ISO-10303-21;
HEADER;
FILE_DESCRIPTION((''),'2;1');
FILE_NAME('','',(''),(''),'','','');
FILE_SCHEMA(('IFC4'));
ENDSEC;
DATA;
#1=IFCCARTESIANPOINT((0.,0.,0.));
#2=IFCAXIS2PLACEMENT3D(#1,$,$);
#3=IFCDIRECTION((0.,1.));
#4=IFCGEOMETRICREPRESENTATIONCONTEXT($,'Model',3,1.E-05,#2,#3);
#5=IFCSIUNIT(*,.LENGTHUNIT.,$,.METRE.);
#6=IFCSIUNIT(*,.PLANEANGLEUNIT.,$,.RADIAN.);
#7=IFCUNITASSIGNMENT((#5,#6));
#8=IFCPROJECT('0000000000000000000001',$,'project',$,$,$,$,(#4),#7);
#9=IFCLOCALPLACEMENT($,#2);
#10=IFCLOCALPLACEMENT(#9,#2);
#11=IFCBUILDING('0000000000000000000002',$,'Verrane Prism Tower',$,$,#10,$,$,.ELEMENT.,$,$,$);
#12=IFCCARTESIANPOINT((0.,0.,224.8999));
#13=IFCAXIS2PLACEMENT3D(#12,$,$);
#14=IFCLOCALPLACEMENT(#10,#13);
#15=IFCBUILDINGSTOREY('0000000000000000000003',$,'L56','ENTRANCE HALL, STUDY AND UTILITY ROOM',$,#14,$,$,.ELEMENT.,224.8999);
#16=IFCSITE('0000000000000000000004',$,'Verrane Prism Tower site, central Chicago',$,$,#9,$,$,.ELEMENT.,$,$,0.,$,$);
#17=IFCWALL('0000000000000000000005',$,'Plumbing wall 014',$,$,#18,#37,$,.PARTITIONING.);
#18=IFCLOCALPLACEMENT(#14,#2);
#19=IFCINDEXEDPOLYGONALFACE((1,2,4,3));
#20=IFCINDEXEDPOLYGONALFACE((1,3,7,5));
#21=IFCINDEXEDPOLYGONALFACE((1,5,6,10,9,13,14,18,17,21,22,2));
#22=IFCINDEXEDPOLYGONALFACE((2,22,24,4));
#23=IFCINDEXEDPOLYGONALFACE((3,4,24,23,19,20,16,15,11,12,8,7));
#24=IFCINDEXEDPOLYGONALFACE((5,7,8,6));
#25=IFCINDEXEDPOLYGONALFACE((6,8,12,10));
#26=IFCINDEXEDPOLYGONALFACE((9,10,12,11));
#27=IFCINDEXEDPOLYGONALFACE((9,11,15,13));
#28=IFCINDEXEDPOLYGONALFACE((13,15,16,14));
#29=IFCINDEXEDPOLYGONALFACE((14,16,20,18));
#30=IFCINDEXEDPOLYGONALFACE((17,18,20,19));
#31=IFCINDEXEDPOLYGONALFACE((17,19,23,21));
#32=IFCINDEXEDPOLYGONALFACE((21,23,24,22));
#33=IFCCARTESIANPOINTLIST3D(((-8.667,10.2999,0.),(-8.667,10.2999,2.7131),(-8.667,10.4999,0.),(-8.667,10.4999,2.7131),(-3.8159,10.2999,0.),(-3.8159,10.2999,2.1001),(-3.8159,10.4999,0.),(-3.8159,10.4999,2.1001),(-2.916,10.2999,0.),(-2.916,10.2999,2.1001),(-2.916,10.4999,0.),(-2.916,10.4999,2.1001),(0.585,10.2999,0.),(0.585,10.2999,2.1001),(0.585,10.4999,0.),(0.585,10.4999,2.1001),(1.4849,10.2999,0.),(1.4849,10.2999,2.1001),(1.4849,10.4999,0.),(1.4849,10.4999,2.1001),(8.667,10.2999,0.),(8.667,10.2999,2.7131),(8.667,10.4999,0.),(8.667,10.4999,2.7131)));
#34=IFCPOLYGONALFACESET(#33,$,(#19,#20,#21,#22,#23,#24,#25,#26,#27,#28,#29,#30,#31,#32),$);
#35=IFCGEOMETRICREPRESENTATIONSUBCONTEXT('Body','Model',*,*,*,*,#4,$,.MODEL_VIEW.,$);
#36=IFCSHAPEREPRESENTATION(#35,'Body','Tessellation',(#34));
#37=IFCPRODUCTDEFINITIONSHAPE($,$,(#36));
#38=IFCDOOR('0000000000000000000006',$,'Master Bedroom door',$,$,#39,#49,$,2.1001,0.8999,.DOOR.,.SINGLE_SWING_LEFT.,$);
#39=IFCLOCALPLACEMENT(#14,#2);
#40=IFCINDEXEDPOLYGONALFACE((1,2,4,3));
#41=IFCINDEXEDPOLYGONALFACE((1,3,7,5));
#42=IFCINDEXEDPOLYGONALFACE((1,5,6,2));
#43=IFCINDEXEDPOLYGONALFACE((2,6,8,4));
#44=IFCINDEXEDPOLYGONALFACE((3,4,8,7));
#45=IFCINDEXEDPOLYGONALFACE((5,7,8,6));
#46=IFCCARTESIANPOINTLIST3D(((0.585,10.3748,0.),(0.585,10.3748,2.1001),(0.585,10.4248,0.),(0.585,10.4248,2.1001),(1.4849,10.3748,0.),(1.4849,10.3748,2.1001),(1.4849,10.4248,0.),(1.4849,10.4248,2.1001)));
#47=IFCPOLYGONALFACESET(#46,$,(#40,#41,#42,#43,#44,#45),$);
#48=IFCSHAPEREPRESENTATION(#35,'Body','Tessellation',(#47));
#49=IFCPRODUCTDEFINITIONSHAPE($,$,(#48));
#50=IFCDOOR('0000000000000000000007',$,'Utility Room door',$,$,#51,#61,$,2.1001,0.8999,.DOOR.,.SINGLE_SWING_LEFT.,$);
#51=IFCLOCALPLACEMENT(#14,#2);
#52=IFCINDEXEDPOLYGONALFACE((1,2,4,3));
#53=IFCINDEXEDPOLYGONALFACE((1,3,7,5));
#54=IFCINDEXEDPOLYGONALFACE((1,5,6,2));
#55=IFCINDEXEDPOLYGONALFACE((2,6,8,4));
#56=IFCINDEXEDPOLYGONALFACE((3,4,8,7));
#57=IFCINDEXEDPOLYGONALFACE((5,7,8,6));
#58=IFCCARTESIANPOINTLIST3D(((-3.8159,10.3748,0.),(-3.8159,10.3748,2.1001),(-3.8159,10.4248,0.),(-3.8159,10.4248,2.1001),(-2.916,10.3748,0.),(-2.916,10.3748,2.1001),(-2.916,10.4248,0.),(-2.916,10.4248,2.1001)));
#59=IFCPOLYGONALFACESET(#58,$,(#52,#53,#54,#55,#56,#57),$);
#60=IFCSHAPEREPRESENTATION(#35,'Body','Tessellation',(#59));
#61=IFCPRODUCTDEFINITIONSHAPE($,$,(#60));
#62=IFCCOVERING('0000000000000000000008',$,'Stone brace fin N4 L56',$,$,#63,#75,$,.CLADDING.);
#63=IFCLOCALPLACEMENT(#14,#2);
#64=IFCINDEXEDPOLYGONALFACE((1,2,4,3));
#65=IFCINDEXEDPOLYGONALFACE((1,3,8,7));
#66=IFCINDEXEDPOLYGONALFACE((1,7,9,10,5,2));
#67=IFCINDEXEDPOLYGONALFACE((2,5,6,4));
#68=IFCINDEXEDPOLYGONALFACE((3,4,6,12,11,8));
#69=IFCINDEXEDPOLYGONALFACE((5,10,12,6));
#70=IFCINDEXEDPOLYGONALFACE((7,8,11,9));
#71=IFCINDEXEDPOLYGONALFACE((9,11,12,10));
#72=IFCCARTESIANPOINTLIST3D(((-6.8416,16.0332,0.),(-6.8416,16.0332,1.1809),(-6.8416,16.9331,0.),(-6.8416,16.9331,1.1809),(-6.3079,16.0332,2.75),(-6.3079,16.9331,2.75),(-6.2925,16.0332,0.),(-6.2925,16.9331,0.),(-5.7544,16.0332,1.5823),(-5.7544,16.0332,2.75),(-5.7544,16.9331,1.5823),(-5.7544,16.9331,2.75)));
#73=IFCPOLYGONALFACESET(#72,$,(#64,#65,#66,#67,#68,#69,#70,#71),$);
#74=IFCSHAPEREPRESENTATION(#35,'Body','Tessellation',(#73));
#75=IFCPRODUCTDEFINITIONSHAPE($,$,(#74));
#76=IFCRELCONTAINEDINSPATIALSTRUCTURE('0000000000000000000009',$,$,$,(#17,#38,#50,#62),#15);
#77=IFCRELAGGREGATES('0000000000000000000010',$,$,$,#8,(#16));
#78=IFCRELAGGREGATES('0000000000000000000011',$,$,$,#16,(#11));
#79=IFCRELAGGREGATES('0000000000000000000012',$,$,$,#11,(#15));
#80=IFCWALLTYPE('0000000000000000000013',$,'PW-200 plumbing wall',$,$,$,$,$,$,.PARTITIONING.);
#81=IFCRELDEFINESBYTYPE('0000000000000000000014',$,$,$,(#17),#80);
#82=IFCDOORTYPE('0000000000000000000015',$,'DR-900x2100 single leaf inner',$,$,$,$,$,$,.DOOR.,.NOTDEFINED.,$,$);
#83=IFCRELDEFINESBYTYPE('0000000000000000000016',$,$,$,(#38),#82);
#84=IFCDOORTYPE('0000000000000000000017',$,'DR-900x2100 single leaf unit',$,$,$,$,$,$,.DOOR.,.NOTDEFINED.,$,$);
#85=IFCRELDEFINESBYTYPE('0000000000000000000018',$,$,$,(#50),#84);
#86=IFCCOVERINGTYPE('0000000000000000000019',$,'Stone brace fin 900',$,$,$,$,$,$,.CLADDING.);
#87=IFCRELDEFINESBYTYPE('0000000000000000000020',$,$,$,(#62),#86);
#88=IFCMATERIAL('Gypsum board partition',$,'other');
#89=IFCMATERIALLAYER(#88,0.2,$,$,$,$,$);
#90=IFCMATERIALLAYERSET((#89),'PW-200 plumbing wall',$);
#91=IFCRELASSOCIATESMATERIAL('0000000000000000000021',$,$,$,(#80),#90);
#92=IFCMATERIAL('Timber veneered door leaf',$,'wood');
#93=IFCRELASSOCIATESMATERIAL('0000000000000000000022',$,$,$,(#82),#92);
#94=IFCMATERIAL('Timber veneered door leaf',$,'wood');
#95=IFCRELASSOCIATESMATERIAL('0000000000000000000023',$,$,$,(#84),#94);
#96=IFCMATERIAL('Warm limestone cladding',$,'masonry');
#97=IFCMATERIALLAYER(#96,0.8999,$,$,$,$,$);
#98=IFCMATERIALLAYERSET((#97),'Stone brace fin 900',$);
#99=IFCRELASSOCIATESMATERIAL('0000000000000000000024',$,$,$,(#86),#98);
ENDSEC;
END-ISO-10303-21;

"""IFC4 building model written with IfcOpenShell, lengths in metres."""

from ifc_helpers import new_model, si_unit, direction, frame, frame_2d, origin, place, context, subcontext, project, spatial, polyline, rectangle, outline, extrude, material, layer, layer_set, type_object, element, fill, save


model = new_model("IFC4")

# Units and contexts
model_context = context("Model", 3, precision=1e-05, world=origin(), true_north=direction((0.0, 1.0)))
body_context = subcontext(model_context, "Body", "Model", "MODEL_VIEW")
ifc_project = project(units=[si_unit("LENGTHUNIT", "METRE"), si_unit("PLANEANGLEUNIT", "RADIAN")], contexts=[model_context])

# Site, building, storey
site_placement = place(None, origin())
site = spatial("IfcSite", under=ifc_project, at=site_placement, Name="Verrane Prism Tower site, central Chicago", CompositionType="ELEMENT", RefElevation=0.0)
building_placement = place(site_placement, origin())
building = spatial("IfcBuilding", under=site, at=building_placement, Name="Verrane Prism Tower", CompositionType="ELEMENT")
storey_placement = place(building_placement, frame((0.0, 0.0, 224.8999)))
storey = spatial("IfcBuildingStorey", under=building, at=storey_placement, Name="L56", Description="ENTRANCE HALL, STUDY AND UTILITY ROOM", CompositionType="ELEMENT", Elevation=224.8999)

# Wall, openings, doors
ifc_material_1 = material(Name="Gypsum board partition", Category="other")
ifc_layer_1 = layer(ifc_material_1, 0.2)
ifc_layer_set_1 = layer_set([ifc_layer_1], Name="PW-200 plumbing wall")
wall_type_1 = type_object("IfcWallType", Name="PW-200 plumbing wall", PredefinedType="PARTITIONING", material=ifc_layer_set_1)
wall_1_placement = place(storey_placement, frame((-8.667, 10.3999, 0.0), z_axis=(0.0, 0.0, 1.0), x_axis=(1.0, 0.0, 0.0)))
wall_1 = element("IfcWall", 1, at=wall_1_placement, inside=storey, type_object=wall_type_1, Name="Plumbing wall 014", PredefinedType="PARTITIONING", context=body_context, shape_type="SweptSolid", body=[
    extrude(rectangle(XDim=17.334, YDim=0.2, at=frame_2d((8.667, 0.0))), origin(), (0.0, 0.0, 1.0), 2.7131),
])
opening_1_placement = place(wall_1_placement, frame((9.252, 0.0, 0.0)))
opening_1 = element("IfcOpeningElement", 2, at=opening_1_placement, cuts=wall_1, PredefinedType="OPENING", context=body_context, shape_type="SweptSolid", body=[
    extrude(rectangle(XDim=0.8999, YDim=2.1001, at=frame_2d((0.45, 1.05))), frame((0.0, 0.1099, 0.0), z_axis=(0.0, -1.0, 0.0), x_axis=(1.0, 0.0, 0.0)), (0.0, 0.0, 1.0), 0.22),
])
opening_2_placement = place(wall_1_placement, frame((4.8511, 0.0, 0.0)))
opening_2 = element("IfcOpeningElement", 3, at=opening_2_placement, cuts=wall_1, PredefinedType="OPENING", context=body_context, shape_type="SweptSolid", body=[
    extrude(rectangle(XDim=0.8999, YDim=2.1001, at=frame_2d((0.45, 1.05))), frame((0.0, 0.1099, 0.0), z_axis=(0.0, -1.0, 0.0), x_axis=(1.0, 0.0, 0.0)), (0.0, 0.0, 1.0), 0.22),
])
ifc_material_2 = material(Name="Timber veneered door leaf", Category="wood")
door_type_1 = type_object("IfcDoorType", Name="DR-900x2100 single leaf inner", OperationType="NOTDEFINED", PredefinedType="DOOR", material=ifc_material_2)
door_1_placement = place(opening_1_placement, origin())
door_1 = element("IfcDoor", 4, at=door_1_placement, inside=storey, type_object=door_type_1, Name="Master Bedroom door", OperationType="SINGLE_SWING_LEFT", OverallHeight=2.1001, OverallWidth=0.8999, PredefinedType="DOOR", context=body_context, shape_type="SweptSolid", body=[
    extrude(rectangle(XDim=0.8999, YDim=2.1001, at=frame_2d((0.45, 1.05))), frame((0.0, 0.0249, 0.0), z_axis=(0.0, -1.0, 0.0), x_axis=(1.0, 0.0, 0.0)), (0.0, 0.0, 1.0), 0.05),
])
fill(opening_1, door_1)
ifc_material_3 = material(Name="Timber veneered door leaf", Category="wood")
door_type_2 = type_object("IfcDoorType", Name="DR-900x2100 single leaf unit", OperationType="NOTDEFINED", PredefinedType="DOOR", material=ifc_material_3)
door_2_placement = place(opening_2_placement, origin())
door_2 = element("IfcDoor", 5, at=door_2_placement, inside=storey, type_object=door_type_2, Name="Utility Room door", OperationType="SINGLE_SWING_LEFT", OverallHeight=2.1001, OverallWidth=0.8999, PredefinedType="DOOR", context=body_context, shape_type="SweptSolid", body=[
    extrude(rectangle(XDim=0.8999, YDim=2.1001, at=frame_2d((0.45, 1.05))), frame((0.0, 0.0249, 0.0), z_axis=(0.0, -1.0, 0.0), x_axis=(1.0, 0.0, 0.0)), (0.0, 0.0, 1.0), 0.05),
])
fill(opening_2, door_2)

# Covering
ifc_material_4 = material(Name="Warm limestone cladding", Category="masonry")
ifc_layer_2 = layer(ifc_material_4, 0.8999)
ifc_layer_set_2 = layer_set([ifc_layer_2], Name="Stone brace fin 900")
covering_type = type_object("IfcCoveringType", Name="Stone brace fin 900", PredefinedType="CLADDING", material=ifc_layer_set_2)
covering_placement = place(storey_placement, frame((-6.8416, 16.4832, 0.0), z_axis=(0.0, 0.0, 1.0), x_axis=(1.0, 0.0, 0.0)))
element("IfcCovering", 6, at=covering_placement, inside=storey, type_object=covering_type, Name="Stone brace fin N4 L56", PredefinedType="CLADDING", context=body_context, shape_type="SweptSolid", body=[
    extrude(outline(polyline([(1.0872, 2.75), (0.5337, 2.75), (0.0, 1.1809), (0.0, 0.0), (0.5491, 0.0), (1.0872, 1.5823), (1.0872, 2.75)])), frame((0.0, 0.45, 0.0), z_axis=(0.0, -1.0, 0.0), x_axis=(1.0, 0.0, 0.0)), (0.0, 0.0, 1.0), 0.8999),
])

save(model, "model.ifc")
